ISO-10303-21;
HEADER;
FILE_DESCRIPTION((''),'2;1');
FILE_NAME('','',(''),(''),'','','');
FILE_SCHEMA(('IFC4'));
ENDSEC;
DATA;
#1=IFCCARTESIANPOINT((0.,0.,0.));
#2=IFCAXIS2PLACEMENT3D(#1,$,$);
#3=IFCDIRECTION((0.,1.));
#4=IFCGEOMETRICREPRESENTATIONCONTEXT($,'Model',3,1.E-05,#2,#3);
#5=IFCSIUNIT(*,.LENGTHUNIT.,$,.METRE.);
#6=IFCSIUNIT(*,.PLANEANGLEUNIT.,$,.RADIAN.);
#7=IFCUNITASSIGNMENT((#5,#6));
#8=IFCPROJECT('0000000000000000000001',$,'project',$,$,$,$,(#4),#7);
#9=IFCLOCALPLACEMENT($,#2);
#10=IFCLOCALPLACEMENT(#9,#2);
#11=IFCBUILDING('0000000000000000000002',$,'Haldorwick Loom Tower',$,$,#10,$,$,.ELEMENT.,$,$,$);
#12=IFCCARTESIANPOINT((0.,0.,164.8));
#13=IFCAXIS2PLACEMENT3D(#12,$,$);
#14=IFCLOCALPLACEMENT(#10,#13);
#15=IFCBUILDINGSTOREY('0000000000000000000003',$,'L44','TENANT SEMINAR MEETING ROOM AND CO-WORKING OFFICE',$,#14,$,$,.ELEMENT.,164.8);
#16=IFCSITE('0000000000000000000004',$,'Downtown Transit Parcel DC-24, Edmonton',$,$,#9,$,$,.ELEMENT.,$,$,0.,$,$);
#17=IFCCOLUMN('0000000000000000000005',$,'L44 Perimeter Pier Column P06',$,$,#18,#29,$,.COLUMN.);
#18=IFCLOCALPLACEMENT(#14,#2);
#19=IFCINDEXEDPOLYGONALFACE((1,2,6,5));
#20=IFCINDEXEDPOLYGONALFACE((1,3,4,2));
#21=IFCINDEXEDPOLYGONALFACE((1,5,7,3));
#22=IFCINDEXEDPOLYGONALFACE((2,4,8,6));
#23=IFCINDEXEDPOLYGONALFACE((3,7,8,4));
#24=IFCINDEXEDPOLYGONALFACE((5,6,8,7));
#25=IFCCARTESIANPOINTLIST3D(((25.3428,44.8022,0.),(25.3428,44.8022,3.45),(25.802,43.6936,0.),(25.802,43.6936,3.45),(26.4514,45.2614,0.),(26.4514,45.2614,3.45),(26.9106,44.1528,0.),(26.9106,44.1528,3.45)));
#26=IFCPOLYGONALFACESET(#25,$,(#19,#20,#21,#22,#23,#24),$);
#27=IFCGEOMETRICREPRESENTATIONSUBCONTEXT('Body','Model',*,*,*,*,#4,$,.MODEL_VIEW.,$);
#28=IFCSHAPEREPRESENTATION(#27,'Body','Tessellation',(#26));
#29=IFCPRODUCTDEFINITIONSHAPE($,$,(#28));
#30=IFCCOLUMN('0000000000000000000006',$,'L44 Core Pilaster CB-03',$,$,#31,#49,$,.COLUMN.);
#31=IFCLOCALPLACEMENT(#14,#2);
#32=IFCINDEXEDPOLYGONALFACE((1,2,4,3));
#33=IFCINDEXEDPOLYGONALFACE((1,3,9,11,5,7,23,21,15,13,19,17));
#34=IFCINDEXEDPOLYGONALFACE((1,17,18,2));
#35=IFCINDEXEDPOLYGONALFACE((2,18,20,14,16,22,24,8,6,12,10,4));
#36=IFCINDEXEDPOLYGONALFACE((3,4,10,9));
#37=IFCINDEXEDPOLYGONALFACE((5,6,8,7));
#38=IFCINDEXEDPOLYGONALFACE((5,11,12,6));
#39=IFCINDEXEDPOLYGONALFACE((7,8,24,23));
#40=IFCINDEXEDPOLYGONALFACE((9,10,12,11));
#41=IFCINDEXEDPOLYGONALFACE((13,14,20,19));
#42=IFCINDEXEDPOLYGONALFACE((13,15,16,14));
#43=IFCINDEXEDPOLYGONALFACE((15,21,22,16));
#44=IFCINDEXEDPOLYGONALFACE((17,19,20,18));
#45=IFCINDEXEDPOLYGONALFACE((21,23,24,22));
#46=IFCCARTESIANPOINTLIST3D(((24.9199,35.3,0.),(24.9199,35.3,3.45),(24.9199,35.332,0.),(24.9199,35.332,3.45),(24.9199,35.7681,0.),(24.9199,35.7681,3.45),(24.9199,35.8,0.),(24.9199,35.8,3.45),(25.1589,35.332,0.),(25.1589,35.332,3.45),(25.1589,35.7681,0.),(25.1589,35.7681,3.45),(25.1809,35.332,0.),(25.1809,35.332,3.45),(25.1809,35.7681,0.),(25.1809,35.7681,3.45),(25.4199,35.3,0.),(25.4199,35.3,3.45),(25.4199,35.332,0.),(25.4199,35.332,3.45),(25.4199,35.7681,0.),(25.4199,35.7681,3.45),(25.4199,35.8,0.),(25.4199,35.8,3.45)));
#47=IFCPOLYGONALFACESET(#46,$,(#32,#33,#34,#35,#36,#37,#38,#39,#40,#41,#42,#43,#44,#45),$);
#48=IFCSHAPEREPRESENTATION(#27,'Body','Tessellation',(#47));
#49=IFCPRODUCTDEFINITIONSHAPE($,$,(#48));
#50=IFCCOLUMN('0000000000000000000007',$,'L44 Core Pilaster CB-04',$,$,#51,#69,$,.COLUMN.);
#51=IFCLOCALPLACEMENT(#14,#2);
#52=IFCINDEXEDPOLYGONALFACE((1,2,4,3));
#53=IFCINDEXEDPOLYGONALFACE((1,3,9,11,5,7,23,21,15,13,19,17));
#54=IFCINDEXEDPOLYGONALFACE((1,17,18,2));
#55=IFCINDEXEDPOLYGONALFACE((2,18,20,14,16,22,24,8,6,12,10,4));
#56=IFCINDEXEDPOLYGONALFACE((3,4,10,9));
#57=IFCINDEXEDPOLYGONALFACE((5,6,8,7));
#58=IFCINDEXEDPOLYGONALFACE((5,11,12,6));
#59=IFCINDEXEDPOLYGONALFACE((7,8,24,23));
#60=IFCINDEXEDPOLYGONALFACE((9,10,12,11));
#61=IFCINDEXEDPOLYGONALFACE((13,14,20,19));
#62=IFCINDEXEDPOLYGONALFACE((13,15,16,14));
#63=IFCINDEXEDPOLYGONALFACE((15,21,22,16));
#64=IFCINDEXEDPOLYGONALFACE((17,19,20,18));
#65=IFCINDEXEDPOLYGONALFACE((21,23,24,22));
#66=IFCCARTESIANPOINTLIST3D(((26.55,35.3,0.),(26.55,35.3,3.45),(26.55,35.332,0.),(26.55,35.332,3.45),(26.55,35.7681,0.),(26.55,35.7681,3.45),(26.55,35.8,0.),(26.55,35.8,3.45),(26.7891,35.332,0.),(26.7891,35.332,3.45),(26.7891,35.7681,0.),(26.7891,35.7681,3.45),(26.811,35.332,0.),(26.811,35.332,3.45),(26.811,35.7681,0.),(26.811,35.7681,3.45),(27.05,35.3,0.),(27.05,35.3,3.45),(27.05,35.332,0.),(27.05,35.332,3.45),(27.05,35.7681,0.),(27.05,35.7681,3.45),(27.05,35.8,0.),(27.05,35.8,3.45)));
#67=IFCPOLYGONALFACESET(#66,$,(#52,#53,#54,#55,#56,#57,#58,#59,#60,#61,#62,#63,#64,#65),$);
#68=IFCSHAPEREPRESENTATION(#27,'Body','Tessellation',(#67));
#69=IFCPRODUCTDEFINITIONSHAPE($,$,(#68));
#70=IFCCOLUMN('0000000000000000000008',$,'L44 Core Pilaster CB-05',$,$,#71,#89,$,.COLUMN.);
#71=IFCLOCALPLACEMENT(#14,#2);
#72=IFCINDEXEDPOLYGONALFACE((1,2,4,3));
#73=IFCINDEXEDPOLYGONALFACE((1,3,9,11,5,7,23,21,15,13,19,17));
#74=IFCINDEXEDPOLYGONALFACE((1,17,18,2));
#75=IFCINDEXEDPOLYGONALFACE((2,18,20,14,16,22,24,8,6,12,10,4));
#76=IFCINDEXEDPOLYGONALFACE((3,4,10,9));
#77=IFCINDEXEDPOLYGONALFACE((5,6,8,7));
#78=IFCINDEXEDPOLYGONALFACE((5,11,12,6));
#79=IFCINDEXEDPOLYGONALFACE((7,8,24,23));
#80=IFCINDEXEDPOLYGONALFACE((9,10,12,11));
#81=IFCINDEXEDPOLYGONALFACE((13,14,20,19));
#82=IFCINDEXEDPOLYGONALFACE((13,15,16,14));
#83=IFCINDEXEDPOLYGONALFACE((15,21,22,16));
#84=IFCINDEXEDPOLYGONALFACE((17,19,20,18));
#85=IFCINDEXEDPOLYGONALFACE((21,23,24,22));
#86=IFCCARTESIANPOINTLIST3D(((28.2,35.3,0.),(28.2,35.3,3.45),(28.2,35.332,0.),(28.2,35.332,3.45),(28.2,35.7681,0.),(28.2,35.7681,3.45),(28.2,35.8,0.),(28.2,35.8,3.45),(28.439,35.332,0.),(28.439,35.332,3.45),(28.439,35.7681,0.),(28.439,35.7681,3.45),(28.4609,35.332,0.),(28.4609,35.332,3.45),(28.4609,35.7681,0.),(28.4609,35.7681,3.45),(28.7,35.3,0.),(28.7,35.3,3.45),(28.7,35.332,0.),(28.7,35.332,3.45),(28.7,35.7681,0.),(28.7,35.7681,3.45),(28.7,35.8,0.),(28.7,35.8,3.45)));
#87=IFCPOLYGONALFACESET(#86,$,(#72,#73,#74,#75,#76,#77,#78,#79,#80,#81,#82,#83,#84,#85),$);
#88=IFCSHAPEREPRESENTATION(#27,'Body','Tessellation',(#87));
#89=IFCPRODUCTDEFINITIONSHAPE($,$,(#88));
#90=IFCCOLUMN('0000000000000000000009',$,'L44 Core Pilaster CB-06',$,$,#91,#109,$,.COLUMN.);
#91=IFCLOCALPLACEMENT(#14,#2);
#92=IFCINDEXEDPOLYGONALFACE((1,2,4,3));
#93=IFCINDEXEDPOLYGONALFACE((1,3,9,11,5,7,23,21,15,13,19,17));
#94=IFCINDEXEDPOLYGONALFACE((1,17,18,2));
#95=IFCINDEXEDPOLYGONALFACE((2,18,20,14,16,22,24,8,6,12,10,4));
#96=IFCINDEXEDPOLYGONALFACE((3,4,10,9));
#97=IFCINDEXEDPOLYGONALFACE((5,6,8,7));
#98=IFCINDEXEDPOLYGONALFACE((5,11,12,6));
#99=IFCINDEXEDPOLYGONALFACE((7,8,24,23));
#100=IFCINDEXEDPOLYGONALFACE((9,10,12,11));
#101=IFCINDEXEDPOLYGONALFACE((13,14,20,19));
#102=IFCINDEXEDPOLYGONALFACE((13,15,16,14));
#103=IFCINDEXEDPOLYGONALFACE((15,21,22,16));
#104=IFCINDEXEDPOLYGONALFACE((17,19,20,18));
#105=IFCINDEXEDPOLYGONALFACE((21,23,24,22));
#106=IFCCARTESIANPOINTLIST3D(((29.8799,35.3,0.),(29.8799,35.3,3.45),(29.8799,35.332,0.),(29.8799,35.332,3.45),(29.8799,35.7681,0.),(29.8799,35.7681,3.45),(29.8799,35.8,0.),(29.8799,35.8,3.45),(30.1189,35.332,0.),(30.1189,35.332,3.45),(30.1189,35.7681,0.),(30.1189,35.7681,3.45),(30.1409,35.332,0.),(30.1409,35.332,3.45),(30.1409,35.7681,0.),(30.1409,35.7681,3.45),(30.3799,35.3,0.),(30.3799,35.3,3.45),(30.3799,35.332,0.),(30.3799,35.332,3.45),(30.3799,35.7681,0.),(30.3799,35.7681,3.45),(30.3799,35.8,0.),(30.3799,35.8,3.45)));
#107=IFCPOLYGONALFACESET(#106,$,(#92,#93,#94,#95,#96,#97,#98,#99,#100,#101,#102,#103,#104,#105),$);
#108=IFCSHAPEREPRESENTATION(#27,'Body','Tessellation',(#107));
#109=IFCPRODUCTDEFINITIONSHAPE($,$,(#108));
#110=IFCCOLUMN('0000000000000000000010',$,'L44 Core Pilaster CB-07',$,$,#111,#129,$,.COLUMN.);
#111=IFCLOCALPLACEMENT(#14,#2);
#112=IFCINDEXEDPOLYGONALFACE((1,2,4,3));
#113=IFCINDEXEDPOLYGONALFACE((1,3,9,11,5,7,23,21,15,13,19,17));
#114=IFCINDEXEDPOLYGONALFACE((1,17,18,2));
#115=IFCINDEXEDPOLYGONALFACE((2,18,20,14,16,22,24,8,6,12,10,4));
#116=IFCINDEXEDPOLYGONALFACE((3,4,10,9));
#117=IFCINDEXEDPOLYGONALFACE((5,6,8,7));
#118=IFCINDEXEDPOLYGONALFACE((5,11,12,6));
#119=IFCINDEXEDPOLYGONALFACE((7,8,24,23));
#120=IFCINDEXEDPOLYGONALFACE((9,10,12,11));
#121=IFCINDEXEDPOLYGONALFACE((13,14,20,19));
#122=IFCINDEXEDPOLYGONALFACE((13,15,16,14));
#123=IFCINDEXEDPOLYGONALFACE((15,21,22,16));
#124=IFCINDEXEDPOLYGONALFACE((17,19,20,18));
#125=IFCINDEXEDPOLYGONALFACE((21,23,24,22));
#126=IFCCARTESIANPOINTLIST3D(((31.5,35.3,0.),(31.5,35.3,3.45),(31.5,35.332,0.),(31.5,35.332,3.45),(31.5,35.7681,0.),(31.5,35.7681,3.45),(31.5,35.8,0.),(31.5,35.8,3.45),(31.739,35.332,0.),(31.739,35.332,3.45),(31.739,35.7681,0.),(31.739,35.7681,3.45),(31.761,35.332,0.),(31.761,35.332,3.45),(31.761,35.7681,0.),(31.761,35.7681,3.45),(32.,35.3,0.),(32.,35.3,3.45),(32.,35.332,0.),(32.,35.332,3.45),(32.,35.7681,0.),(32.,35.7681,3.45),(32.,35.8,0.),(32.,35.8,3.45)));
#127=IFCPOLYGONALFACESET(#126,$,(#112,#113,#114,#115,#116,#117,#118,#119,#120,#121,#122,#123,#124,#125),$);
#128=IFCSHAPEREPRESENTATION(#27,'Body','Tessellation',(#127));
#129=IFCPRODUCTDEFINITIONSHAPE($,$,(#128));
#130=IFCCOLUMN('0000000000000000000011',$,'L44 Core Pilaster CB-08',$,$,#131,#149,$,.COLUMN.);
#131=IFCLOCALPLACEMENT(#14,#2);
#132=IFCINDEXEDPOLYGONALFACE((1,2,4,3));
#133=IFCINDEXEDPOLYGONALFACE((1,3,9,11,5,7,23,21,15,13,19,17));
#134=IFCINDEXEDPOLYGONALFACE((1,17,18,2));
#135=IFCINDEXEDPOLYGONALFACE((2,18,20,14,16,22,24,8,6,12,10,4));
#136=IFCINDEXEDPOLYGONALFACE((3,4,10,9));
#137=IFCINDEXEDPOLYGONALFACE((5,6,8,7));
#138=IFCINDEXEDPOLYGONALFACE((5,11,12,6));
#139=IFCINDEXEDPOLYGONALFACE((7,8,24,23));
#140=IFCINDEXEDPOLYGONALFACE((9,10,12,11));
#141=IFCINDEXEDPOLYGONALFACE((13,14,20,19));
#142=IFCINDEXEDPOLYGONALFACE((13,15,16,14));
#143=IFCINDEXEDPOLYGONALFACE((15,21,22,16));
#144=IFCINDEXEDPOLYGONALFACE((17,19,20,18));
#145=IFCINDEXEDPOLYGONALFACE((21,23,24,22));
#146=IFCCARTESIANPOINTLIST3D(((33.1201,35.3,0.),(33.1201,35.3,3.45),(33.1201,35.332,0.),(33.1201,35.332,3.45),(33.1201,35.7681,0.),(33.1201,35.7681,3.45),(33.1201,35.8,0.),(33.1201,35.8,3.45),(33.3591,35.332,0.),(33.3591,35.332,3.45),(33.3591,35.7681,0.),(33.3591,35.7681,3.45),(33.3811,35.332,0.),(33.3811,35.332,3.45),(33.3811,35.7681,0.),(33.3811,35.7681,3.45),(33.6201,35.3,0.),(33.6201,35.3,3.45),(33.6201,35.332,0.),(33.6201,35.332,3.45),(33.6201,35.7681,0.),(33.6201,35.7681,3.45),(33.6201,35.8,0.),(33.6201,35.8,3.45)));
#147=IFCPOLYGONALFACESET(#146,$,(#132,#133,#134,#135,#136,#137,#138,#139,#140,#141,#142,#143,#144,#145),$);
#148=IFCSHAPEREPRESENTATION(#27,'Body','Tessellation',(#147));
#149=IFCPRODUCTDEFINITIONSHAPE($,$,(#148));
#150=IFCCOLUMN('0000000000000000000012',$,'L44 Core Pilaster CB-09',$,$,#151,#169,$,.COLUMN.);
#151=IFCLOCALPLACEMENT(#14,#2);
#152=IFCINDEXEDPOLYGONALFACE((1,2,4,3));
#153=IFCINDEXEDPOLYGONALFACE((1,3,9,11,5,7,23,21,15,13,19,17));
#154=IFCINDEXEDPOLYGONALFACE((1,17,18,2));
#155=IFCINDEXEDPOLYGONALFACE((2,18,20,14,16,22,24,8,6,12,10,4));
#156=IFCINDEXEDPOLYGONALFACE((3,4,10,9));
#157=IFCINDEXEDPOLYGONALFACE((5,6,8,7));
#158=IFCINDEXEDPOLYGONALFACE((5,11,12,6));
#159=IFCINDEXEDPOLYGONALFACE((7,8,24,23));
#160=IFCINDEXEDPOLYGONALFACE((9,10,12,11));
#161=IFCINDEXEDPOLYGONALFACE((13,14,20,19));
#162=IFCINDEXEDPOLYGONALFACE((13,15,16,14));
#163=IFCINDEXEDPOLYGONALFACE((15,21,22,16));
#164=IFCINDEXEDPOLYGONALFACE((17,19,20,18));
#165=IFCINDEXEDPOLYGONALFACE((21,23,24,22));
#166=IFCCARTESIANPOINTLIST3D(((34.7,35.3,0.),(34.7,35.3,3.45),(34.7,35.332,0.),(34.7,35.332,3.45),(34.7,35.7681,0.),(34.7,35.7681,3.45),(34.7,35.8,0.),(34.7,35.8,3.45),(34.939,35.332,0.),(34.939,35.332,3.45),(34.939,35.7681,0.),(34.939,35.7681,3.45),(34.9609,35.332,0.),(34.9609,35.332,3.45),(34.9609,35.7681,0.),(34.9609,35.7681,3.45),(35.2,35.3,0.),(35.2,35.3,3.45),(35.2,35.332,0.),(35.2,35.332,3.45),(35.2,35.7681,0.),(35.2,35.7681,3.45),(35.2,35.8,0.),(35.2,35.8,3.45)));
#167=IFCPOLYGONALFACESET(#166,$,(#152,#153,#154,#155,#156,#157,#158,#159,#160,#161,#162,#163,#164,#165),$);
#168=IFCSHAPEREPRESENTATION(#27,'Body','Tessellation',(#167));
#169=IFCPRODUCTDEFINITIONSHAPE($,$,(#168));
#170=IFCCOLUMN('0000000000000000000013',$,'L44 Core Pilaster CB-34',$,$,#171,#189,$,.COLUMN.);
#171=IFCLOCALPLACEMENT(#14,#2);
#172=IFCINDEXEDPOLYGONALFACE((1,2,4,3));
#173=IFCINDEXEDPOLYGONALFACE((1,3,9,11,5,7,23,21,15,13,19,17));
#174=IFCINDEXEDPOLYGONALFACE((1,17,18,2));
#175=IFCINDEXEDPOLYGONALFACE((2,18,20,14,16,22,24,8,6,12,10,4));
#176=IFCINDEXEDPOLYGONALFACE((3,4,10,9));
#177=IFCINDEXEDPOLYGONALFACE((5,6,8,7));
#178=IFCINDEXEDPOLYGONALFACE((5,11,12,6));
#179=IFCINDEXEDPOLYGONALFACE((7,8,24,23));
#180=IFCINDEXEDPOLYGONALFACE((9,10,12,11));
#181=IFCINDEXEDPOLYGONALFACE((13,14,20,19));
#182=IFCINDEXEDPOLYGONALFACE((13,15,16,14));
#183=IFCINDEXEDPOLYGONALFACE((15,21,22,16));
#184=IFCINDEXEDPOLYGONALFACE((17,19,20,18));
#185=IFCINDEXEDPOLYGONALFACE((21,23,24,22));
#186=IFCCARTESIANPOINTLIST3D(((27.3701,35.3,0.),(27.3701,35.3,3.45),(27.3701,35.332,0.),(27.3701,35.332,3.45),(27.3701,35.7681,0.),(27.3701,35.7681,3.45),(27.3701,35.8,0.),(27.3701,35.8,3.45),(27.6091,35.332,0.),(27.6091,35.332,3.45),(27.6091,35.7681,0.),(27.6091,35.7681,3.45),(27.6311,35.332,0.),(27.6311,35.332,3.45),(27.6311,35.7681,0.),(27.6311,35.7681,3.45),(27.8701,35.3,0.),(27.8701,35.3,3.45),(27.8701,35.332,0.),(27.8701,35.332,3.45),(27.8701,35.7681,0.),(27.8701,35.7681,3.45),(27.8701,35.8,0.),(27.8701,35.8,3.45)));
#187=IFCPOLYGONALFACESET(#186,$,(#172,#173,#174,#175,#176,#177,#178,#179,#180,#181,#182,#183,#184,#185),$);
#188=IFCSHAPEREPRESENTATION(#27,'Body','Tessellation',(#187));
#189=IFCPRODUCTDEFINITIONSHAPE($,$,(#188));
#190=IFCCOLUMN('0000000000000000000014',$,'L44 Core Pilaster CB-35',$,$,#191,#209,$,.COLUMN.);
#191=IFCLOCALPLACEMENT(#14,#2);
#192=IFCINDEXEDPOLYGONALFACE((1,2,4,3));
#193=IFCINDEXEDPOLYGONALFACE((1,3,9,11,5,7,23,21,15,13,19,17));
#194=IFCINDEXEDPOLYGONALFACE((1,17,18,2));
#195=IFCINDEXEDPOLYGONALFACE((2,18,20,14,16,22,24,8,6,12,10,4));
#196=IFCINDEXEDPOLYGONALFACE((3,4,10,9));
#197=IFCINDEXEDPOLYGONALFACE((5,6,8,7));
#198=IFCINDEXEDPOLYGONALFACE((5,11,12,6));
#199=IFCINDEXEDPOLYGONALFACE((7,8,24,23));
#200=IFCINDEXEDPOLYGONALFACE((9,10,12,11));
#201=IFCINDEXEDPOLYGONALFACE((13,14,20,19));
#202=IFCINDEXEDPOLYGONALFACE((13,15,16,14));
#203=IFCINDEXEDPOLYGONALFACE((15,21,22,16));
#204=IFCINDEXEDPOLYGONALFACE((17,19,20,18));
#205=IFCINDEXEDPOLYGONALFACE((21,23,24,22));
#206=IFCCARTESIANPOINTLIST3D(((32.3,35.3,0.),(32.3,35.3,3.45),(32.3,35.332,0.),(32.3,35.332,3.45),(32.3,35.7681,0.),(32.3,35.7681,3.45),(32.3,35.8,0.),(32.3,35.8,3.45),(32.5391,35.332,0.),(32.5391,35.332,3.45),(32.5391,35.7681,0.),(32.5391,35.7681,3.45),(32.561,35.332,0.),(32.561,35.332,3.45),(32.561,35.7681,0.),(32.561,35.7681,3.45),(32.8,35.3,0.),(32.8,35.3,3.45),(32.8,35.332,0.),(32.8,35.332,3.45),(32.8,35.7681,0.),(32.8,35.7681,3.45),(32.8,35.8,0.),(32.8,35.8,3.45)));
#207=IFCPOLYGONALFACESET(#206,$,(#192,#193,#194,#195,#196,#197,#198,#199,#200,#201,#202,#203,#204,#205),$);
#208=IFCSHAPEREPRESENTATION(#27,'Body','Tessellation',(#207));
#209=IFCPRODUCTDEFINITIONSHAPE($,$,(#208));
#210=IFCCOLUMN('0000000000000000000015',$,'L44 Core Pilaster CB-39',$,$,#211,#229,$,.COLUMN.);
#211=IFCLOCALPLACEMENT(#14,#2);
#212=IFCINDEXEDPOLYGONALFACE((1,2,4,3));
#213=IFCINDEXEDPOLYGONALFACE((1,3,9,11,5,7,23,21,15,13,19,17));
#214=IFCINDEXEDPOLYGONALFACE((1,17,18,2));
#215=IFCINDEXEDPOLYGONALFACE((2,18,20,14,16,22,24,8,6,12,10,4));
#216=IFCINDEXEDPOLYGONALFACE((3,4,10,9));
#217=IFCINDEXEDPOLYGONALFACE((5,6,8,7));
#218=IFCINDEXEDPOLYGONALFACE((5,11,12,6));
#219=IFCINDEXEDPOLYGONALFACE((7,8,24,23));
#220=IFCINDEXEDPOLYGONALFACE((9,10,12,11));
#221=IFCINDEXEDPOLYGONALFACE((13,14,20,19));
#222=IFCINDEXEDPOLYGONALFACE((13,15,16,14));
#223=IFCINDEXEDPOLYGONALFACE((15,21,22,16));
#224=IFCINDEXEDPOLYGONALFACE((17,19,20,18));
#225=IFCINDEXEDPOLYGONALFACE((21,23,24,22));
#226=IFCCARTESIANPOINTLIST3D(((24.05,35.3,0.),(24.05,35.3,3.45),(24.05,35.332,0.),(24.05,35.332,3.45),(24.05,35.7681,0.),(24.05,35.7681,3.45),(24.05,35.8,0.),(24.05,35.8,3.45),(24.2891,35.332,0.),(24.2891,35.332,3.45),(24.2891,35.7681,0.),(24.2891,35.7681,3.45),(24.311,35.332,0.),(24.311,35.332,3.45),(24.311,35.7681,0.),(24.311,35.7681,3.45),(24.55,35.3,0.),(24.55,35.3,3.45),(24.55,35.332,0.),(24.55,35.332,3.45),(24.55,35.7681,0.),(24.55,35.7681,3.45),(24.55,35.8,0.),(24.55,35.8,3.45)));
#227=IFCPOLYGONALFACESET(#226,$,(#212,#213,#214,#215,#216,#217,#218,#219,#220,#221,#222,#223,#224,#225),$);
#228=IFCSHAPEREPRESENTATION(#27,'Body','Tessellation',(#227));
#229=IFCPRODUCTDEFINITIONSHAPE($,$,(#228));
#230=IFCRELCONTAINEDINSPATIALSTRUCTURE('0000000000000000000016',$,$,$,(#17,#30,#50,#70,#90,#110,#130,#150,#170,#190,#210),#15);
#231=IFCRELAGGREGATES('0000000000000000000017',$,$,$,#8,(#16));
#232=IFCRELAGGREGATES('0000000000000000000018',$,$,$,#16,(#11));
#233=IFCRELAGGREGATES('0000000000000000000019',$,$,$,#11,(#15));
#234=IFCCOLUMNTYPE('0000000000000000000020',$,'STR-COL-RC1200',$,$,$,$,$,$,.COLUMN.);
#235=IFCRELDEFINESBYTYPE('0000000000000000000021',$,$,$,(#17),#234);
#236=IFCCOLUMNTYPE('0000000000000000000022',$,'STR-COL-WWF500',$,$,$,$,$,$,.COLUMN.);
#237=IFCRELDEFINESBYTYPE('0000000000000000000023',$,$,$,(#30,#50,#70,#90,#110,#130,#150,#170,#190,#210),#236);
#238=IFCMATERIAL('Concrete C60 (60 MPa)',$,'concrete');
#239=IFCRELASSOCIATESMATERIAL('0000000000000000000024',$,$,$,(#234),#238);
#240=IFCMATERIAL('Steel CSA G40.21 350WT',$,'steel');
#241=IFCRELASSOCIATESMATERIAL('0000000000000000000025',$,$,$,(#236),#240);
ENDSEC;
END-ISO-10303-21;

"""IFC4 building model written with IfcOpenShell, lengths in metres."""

from ifc_helpers import new_model, si_unit, direction, frame, origin, origin_2d, place, context, subcontext, project, spatial, rectangle, i_section, extrude, material, material_profile, profile_set, type_object, element, save


model = new_model("IFC4")

# Units and contexts
model_context = context("Model", 3, precision=1e-05, world=origin(), true_north=direction((0.0, 1.0)))
body_context = subcontext(model_context, "Body", "Model", "MODEL_VIEW")
ifc_project = project(units=[si_unit("LENGTHUNIT", "METRE"), si_unit("PLANEANGLEUNIT", "RADIAN")], contexts=[model_context])

# Site, building, storey
site_placement = place(None, origin())
site = spatial("IfcSite", under=ifc_project, at=site_placement, Name="Downtown Transit Parcel DC-24, Edmonton", CompositionType="ELEMENT", RefElevation=0.0)
building_placement = place(site_placement, origin())
building = spatial("IfcBuilding", under=site, at=building_placement, Name="Haldorwick Loom Tower", CompositionType="ELEMENT")
storey_placement = place(building_placement, frame((0.0, 0.0, 164.8)))
storey = spatial("IfcBuildingStorey", under=building, at=storey_placement, Name="L44", Description="TENANT SEMINAR MEETING ROOM AND CO-WORKING OFFICE", CompositionType="ELEMENT", Elevation=164.8)

# Columns
ifc_material_1 = material(Name="Concrete C60 (60 MPa)", Category="concrete")
ifc_material_profile_1 = material_profile(ifc_material_1, rectangle(XDim=1.2, YDim=1.2, at=origin_2d()), Name="RC1200X1200", Category="concrete")
ifc_profile_set_1 = profile_set([ifc_material_profile_1], Name="Concrete C60 (60 MPa)")
column_type_1 = type_object("IfcColumnType", Name="STR-COL-RC1200", PredefinedType="COLUMN", material=ifc_profile_set_1)
column_placement = place(storey_placement, frame((26.1267, 44.4775, 0.0), z_axis=(0.0, 0.0, 1.0), x_axis=(-0.382683, 0.92388, 0.0)))
element("IfcColumn", 1, at=column_placement, inside=storey, type_object=column_type_1, Name="L44 Perimeter Pier Column P06", PredefinedType="COLUMN", context=body_context, shape_type="SweptSolid", body=[
    extrude(rectangle(XDim=1.2, YDim=1.2, at=origin_2d()), origin(), (0.0, 0.0, 1.0), 3.45),
])
ifc_material_2 = material(Name="Steel CSA G40.21 350WT", Category="steel")
ifc_material_profile_2 = material_profile(ifc_material_2, i_section(OverallWidth=0.5, OverallDepth=0.5, WebThickness=0.022, FlangeThickness=0.032, at=origin_2d()), Name="WWF500X500", Category="steel")
ifc_profile_set_2 = profile_set([ifc_material_profile_2], Name="Steel CSA G40.21 350WT")
column_type_2 = type_object("IfcColumnType", Name="STR-COL-WWF500", PredefinedType="COLUMN", material=ifc_profile_set_2)
for number, where, z_axis, x_axis, name in (
    (2, (25.1699, 35.55, 0.0), (0.0, 0.0, 1.0), (1.0, 0.0, 0.0), "L44 Core Pilaster CB-03"),
    (3, (26.8, 35.55, 0.0), (0.0, 0.0, 1.0), (1.0, 0.0, 0.0), "L44 Core Pilaster CB-04"),
    (4, (28.45, 35.55, 0.0), (0.0, 0.0, 1.0), (1.0, 0.0, 0.0), "L44 Core Pilaster CB-05"),
    (5, (30.1299, 35.55, 0.0), (0.0, 0.0, 1.0), (1.0, 0.0, 0.0), "L44 Core Pilaster CB-06"),
    (6, (31.75, 35.55, 0.0), (0.0, 0.0, 1.0), (1.0, 0.0, 0.0), "L44 Core Pilaster CB-07"),
    (7, (33.3701, 35.55, 0.0), (0.0, 0.0, 1.0), (1.0, 0.0, 0.0), "L44 Core Pilaster CB-08"),
    (8, (34.95, 35.55, 0.0), (0.0, 0.0, 1.0), (1.0, 0.0, 0.0), "L44 Core Pilaster CB-09"),
    (9, (27.6201, 35.55, 0.0), (0.0, 0.0, 1.0), (1.0, 0.0, 0.0), "L44 Core Pilaster CB-34"),
    (10, (32.55, 35.55, 0.0), (0.0, 0.0, 1.0), (1.0, 0.0, 0.0), "L44 Core Pilaster CB-35"),
    (11, (24.3, 35.55, 0.0), (0.0, 0.0, 1.0), (1.0, 0.0, 0.0), "L44 Core Pilaster CB-39"),
):
    element("IfcColumn", number, at=place(storey_placement, frame(where, z_axis=z_axis, x_axis=x_axis)), inside=storey, type_object=column_type_2, Name=name, PredefinedType="COLUMN", context=body_context, shape_type="SweptSolid", body=[
        extrude(i_section(OverallWidth=0.5, OverallDepth=0.5, WebThickness=0.022, FlangeThickness=0.032, at=origin_2d()), origin(), (0.0, 0.0, 1.0), 3.45),
    ])

save(model, "model.ifc")
